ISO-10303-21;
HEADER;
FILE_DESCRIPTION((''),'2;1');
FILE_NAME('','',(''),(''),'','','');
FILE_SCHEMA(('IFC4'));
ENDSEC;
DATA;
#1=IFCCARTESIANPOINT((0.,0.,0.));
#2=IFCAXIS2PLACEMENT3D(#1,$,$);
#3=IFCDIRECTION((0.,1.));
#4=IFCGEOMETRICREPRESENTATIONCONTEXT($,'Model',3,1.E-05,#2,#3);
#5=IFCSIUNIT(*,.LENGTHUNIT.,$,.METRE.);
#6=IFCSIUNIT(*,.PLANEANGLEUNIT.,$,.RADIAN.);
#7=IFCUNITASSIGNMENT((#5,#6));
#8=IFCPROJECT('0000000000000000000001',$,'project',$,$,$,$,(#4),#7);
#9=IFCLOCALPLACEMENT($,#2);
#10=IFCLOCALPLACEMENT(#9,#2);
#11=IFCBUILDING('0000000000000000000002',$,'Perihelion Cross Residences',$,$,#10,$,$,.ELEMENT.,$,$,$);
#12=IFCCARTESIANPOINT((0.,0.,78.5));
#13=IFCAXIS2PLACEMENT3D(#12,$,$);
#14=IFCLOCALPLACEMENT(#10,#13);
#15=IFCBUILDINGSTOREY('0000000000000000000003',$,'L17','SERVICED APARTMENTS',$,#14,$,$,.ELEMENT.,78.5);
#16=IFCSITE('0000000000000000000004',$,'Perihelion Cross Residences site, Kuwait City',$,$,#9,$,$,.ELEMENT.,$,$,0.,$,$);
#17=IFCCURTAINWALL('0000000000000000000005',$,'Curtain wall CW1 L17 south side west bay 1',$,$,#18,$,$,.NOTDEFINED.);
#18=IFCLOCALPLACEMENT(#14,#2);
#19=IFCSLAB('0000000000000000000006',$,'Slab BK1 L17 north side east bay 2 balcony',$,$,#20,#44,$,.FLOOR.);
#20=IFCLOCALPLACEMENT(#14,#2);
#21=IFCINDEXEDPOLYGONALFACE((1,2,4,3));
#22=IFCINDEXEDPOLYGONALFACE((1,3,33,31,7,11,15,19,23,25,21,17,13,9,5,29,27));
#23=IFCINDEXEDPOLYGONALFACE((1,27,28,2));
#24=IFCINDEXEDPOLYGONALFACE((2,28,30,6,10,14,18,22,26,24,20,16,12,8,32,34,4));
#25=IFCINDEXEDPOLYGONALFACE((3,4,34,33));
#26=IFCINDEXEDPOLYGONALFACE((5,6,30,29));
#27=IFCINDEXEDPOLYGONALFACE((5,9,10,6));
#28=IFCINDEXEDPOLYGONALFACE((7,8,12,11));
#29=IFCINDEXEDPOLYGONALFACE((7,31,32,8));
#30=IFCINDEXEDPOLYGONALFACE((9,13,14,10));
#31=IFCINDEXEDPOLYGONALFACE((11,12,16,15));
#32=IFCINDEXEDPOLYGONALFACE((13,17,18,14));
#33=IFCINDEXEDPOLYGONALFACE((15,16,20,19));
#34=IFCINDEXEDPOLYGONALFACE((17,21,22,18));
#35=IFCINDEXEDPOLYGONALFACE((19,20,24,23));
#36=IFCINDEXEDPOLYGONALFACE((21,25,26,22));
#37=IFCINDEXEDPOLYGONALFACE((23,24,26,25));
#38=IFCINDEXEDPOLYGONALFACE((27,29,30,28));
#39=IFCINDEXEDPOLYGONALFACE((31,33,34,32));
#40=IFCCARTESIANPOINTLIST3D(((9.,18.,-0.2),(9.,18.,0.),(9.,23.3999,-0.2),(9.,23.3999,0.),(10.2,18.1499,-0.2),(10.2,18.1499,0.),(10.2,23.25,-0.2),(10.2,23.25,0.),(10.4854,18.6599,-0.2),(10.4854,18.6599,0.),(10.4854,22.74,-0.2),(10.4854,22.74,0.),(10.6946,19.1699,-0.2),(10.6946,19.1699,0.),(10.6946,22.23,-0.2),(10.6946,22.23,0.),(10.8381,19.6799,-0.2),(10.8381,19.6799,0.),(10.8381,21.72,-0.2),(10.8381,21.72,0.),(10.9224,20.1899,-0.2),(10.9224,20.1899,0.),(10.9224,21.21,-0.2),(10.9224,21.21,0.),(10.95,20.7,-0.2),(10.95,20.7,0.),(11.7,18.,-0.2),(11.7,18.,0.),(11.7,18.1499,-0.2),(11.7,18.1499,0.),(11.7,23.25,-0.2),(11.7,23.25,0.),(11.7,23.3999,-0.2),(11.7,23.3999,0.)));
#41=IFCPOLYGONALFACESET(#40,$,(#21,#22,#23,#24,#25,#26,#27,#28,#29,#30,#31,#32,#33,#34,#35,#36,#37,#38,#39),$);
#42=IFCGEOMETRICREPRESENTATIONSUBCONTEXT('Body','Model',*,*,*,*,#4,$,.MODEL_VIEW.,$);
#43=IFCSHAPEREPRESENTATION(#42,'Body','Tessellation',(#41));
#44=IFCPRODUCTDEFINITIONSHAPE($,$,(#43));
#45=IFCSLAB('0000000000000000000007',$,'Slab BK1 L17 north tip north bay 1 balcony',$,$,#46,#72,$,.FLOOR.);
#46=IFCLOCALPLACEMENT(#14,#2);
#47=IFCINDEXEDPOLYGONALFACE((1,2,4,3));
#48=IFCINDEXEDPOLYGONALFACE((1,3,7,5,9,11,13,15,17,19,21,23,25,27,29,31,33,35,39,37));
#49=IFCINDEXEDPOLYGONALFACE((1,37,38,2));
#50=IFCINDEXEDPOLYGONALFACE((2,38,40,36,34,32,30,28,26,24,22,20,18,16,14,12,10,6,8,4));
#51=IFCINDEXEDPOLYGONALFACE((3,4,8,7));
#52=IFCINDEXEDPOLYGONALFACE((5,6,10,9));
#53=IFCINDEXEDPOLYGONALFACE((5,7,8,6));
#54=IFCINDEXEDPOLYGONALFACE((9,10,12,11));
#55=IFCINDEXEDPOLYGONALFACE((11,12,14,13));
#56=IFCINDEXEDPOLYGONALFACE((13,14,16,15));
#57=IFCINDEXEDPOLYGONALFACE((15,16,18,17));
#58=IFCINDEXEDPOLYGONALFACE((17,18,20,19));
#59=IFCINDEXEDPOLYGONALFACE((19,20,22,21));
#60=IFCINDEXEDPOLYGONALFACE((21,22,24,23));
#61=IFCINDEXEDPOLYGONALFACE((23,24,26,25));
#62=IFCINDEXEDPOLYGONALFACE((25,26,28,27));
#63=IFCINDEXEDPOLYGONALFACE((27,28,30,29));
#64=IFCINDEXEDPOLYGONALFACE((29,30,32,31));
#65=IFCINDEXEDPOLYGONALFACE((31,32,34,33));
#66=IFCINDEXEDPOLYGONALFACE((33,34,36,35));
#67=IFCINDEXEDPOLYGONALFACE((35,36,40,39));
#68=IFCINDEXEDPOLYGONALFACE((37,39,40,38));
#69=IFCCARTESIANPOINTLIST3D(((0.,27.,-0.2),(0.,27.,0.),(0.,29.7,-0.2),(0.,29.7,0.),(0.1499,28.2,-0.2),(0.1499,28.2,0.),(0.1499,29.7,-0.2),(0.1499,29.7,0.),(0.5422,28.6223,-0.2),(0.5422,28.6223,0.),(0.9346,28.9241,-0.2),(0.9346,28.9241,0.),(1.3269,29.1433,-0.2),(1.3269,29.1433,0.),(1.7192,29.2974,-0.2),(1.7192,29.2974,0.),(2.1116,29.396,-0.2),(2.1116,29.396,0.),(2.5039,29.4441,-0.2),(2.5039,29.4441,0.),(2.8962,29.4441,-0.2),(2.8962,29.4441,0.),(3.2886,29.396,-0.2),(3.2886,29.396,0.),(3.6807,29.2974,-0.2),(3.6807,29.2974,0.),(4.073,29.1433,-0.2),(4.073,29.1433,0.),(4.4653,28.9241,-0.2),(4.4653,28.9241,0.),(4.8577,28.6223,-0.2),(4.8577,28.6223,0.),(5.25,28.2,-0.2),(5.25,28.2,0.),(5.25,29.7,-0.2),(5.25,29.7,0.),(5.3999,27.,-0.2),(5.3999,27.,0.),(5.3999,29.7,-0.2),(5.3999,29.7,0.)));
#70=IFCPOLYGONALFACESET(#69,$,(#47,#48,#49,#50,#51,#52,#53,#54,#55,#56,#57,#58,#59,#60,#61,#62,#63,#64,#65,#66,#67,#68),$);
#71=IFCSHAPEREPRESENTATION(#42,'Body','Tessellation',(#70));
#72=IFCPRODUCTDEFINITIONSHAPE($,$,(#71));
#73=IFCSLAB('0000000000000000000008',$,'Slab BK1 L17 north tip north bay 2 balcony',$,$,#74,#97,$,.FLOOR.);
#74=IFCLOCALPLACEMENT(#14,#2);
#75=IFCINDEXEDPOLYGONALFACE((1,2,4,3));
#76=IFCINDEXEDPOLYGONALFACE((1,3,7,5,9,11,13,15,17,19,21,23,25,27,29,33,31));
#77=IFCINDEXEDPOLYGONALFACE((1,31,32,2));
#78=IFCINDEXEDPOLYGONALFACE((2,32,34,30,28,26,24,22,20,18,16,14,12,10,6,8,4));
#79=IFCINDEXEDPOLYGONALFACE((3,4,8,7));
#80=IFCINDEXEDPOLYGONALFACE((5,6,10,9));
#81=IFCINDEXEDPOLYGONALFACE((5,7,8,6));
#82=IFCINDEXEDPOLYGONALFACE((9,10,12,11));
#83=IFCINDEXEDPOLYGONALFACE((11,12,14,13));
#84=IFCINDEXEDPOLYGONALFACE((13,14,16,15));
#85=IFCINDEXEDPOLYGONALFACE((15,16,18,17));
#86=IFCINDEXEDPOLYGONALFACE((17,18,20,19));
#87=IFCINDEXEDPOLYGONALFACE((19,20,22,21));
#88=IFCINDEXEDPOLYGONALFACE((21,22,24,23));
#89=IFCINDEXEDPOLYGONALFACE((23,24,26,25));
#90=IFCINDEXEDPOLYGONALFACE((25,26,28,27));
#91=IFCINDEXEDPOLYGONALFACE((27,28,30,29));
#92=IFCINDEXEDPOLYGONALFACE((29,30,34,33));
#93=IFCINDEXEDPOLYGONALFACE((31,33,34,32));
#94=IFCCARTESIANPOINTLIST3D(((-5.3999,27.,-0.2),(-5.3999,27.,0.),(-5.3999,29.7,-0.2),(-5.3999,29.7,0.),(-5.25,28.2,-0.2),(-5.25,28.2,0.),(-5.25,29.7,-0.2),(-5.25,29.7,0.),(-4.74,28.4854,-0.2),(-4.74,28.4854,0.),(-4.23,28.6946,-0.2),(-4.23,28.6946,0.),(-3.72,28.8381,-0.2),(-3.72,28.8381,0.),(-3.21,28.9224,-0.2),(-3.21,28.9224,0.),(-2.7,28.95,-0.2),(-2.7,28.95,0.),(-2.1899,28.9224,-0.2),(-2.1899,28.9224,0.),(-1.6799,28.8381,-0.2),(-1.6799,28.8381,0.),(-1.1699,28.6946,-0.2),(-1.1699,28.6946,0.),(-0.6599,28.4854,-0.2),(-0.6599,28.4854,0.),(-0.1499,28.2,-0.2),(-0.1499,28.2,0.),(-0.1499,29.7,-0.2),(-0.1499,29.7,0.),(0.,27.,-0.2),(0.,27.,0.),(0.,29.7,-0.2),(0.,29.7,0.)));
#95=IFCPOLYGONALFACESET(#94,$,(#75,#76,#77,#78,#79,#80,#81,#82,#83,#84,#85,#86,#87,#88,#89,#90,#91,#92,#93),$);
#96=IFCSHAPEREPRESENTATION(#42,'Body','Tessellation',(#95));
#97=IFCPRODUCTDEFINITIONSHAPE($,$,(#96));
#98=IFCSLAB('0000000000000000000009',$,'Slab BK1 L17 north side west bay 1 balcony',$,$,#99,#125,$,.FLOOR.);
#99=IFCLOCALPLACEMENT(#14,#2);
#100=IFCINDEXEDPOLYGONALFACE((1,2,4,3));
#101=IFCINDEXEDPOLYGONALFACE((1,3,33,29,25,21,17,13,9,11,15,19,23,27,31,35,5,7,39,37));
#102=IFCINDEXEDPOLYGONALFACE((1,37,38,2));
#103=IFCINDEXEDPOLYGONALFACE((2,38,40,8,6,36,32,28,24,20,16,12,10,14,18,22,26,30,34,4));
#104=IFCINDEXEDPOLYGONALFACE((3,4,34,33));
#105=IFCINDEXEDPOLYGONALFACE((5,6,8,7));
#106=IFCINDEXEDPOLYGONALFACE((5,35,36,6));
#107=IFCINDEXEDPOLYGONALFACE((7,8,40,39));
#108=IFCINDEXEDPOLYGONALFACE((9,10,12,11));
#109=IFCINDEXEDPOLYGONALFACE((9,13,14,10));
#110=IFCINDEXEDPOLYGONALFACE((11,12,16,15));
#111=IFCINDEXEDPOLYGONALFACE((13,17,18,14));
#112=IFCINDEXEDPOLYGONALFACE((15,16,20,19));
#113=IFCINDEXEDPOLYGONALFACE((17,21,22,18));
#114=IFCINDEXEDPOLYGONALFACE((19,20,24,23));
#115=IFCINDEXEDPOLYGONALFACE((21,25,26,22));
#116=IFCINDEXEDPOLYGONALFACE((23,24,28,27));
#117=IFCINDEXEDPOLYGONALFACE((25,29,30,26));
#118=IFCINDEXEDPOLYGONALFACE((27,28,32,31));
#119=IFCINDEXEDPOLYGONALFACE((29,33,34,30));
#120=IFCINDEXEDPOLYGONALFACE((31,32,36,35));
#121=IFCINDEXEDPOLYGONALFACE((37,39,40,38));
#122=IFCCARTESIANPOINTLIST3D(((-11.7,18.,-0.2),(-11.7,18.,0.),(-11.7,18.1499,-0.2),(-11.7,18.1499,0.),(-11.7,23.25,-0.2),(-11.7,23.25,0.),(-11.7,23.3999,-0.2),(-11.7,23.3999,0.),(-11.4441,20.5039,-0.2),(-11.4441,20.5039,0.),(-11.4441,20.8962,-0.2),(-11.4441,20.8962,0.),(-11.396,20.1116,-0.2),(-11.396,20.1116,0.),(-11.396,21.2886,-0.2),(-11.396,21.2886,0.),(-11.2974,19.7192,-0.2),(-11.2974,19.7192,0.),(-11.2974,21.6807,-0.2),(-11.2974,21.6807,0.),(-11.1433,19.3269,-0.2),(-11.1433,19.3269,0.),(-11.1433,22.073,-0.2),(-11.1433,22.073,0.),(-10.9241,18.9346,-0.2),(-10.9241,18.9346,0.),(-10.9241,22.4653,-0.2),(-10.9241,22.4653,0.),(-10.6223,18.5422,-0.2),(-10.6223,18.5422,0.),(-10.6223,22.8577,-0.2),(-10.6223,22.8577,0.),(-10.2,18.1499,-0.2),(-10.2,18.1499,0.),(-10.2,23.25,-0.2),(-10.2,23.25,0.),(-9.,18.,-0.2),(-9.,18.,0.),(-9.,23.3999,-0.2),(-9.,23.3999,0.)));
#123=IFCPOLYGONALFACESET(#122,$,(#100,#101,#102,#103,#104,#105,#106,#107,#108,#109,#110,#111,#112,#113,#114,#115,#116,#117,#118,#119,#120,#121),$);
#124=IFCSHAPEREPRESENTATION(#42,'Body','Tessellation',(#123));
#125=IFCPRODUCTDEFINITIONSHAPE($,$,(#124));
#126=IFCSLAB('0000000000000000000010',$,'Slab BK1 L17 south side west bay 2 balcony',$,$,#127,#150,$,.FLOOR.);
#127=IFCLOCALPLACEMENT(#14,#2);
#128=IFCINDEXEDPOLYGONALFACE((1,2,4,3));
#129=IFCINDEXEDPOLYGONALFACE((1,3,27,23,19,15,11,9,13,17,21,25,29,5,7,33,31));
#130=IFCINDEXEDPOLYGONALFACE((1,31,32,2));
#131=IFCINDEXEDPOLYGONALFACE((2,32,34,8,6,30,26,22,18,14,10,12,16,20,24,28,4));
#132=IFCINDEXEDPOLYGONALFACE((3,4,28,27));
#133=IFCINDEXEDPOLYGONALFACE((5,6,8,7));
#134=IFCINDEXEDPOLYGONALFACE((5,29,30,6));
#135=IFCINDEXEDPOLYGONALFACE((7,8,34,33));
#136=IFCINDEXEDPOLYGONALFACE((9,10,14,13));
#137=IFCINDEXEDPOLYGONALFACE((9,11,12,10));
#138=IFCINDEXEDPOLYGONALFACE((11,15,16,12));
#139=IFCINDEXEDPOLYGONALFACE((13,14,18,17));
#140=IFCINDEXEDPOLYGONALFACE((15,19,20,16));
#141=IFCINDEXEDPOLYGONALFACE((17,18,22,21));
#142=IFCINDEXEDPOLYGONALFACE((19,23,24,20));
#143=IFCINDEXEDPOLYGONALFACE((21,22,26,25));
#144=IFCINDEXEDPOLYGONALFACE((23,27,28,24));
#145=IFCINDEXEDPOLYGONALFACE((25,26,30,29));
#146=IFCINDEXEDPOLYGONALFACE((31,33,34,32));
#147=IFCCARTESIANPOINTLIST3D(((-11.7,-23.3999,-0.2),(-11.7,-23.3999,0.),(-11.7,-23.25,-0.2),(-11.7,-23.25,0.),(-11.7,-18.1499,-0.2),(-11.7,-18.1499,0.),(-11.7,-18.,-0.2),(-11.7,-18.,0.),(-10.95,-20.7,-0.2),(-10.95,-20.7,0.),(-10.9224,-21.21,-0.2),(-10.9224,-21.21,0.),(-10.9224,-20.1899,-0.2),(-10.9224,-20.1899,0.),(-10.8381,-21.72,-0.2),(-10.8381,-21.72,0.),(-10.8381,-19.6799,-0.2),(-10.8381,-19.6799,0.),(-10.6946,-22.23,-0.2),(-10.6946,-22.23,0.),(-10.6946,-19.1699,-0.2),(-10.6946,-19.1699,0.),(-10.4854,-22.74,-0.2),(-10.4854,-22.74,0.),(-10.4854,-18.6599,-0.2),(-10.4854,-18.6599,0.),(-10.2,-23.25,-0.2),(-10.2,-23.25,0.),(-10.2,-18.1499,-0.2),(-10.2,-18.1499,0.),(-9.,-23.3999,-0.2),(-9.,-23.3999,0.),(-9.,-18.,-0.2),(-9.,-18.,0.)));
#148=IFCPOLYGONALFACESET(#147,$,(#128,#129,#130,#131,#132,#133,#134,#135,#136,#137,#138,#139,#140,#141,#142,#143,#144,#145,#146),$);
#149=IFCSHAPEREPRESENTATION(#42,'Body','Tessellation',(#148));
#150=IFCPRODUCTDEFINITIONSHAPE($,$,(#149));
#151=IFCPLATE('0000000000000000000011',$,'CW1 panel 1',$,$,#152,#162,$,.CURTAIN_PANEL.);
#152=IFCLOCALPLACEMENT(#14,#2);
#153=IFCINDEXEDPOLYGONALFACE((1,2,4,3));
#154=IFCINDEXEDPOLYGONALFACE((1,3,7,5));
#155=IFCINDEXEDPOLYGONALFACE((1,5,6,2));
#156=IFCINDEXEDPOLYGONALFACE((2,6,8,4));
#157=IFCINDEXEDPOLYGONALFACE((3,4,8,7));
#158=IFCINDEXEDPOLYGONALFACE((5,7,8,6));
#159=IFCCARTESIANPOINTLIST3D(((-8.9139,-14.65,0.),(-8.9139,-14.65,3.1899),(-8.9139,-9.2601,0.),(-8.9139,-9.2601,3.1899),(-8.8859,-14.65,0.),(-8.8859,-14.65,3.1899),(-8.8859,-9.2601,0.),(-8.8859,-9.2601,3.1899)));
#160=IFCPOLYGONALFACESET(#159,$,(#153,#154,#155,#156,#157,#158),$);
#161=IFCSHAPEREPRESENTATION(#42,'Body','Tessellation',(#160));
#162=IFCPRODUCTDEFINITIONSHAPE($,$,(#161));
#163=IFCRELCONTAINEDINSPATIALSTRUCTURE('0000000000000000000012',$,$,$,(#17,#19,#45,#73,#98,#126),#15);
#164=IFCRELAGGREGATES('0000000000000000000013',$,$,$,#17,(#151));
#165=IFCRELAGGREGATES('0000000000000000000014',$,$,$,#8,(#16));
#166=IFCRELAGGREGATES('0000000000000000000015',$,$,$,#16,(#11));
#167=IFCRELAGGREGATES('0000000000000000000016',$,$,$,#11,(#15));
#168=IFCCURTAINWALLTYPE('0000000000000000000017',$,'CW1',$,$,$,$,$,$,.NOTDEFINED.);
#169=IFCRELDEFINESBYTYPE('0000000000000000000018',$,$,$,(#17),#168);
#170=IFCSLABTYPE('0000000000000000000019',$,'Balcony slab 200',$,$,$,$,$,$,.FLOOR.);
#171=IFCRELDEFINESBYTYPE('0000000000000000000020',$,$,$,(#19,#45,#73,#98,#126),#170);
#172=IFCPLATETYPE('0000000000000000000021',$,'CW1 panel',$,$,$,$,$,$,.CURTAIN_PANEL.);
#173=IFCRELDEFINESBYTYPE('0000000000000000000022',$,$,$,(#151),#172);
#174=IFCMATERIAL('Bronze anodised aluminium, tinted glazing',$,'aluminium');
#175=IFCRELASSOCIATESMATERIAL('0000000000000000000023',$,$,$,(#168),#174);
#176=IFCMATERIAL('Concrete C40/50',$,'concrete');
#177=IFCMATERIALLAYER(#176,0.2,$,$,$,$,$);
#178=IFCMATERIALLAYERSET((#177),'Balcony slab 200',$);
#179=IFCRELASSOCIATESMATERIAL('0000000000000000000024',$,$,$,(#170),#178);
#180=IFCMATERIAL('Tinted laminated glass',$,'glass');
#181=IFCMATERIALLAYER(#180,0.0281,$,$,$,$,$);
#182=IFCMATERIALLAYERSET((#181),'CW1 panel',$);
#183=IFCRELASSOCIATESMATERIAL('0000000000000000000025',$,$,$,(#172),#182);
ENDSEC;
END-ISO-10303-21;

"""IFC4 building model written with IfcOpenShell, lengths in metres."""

from ifc_helpers import new_model, si_unit, direction, frame, origin, origin_2d, place, context, subcontext, project, spatial, polyline, rectangle, outline, extrude, material, layer, layer_set, type_object, element, aggregate, save


model = new_model("IFC4")

# Units and contexts
model_context = context("Model", 3, precision=1e-05, world=origin(), true_north=direction((0.0, 1.0)))
body_context = subcontext(model_context, "Body", "Model", "MODEL_VIEW")
ifc_project = project(units=[si_unit("LENGTHUNIT", "METRE"), si_unit("PLANEANGLEUNIT", "RADIAN")], contexts=[model_context])

# Site, building, storey
site_placement = place(None, origin())
site = spatial("IfcSite", under=ifc_project, at=site_placement, Name="Perihelion Cross Residences site, Kuwait City", CompositionType="ELEMENT", RefElevation=0.0)
building_placement = place(site_placement, origin())
building = spatial("IfcBuilding", under=site, at=building_placement, Name="Perihelion Cross Residences", CompositionType="ELEMENT")
storey_placement = place(building_placement, frame((0.0, 0.0, 78.5)))
storey = spatial("IfcBuildingStorey", under=building, at=storey_placement, Name="L17", Description="SERVICED APARTMENTS", CompositionType="ELEMENT", Elevation=78.5)

# Curtain wall
ifc_material_1 = material(Name="Bronze anodised aluminium, tinted glazing", Category="aluminium")
curtain_wall_type = type_object("IfcCurtainWallType", Name="CW1", PredefinedType="NOTDEFINED", material=ifc_material_1)
curtain_wall_placement = place(storey_placement, origin())
curtain_wall = element("IfcCurtainWall", 1, at=curtain_wall_placement, inside=storey, type_object=curtain_wall_type, Name="Curtain wall CW1 L17 south side west bay 1", PredefinedType="NOTDEFINED")

# Slabs
ifc_material_2 = material(Name="Concrete C40/50", Category="concrete")
ifc_layer_1 = layer(ifc_material_2, 0.2)
ifc_layer_set_1 = layer_set([ifc_layer_1], Name="Balcony slab 200")
slab_type_1 = type_object("IfcSlabType", Name="Balcony slab 200", PredefinedType="FLOOR", material=ifc_layer_set_1)
slab_1_placement = place(storey_placement, frame((0.0, 0.0, -0.2)))
element("IfcSlab", 2, at=slab_1_placement, inside=storey, type_object=slab_type_1, Name="Slab BK1 L17 north side east bay 2 balcony", PredefinedType="FLOOR", context=body_context, shape_type="SweptSolid", body=[
    extrude(outline(polyline([(9.0, 18.0), (9.0, 23.3999), (11.7, 23.3999), (11.7, 23.25), (10.2, 23.25), (10.4854, 22.74), (10.6946, 22.23), (10.8381, 21.72), (10.9224, 21.21), (10.95, 20.7), (10.9224, 20.1899), (10.8381, 19.6799), (10.6946, 19.1699), (10.4854, 18.6599), (10.2, 18.1499), (11.7, 18.1499), (11.7, 18.0), (9.0, 18.0)])), origin(), (0.0, 0.0, 1.0), 0.2),
])
slab_2_placement = place(storey_placement, frame((0.0, 0.0, -0.2)))
element("IfcSlab", 3, at=slab_2_placement, inside=storey, type_object=slab_type_1, Name="Slab BK1 L17 north tip north bay 1 balcony", PredefinedType="FLOOR", context=body_context, shape_type="SweptSolid", body=[
    extrude(outline(polyline([(5.3999, 27.0), (0.0, 27.0), (0.0, 29.7), (0.1499, 29.7), (0.1499, 28.2), (0.5422, 28.6223), (0.9346, 28.9241), (1.3269, 29.1433), (1.7192, 29.2974), (2.1116, 29.396), (2.5039, 29.4441), (2.8962, 29.4441), (3.2886, 29.396), (3.6807, 29.2974), (4.073, 29.1433), (4.4653, 28.9241), (4.8577, 28.6223), (5.25, 28.2), (5.25, 29.7), (5.3999, 29.7), (5.3999, 27.0)])), origin(), (0.0, 0.0, 1.0), 0.2),
])
slab_3_placement = place(storey_placement, frame((0.0, 0.0, -0.2)))
element("IfcSlab", 4, at=slab_3_placement, inside=storey, type_object=slab_type_1, Name="Slab BK1 L17 north tip north bay 2 balcony", PredefinedType="FLOOR", context=body_context, shape_type="SweptSolid", body=[
    extrude(outline(polyline([(0.0, 27.0), (-5.3999, 27.0), (-5.3999, 29.7), (-5.25, 29.7), (-5.25, 28.2), (-4.74, 28.4854), (-4.23, 28.6946), (-3.72, 28.8381), (-3.21, 28.9224), (-2.7, 28.95), (-2.1899, 28.9224), (-1.6799, 28.8381), (-1.1699, 28.6946), (-0.6599, 28.4854), (-0.1499, 28.2), (-0.1499, 29.7), (0.0, 29.7), (0.0, 27.0)])), origin(), (0.0, 0.0, 1.0), 0.2),
])
slab_4_placement = place(storey_placement, frame((0.0, 0.0, -0.2)))
element("IfcSlab", 5, at=slab_4_placement, inside=storey, type_object=slab_type_1, Name="Slab BK1 L17 north side west bay 1 balcony", PredefinedType="FLOOR", context=body_context, shape_type="SweptSolid", body=[
    extrude(outline(polyline([(-9.0, 23.3999), (-9.0, 18.0), (-11.7, 18.0), (-11.7, 18.1499), (-10.2, 18.1499), (-10.6223, 18.5422), (-10.9241, 18.9346), (-11.1433, 19.3269), (-11.2974, 19.7192), (-11.396, 20.1116), (-11.4441, 20.5039), (-11.4441, 20.8962), (-11.396, 21.2886), (-11.2974, 21.6807), (-11.1433, 22.073), (-10.9241, 22.4653), (-10.6223, 22.8577), (-10.2, 23.25), (-11.7, 23.25), (-11.7, 23.3999), (-9.0, 23.3999)])), origin(), (0.0, 0.0, 1.0), 0.2),
])
slab_5_placement = place(storey_placement, frame((0.0, 0.0, -0.2)))
element("IfcSlab", 6, at=slab_5_placement, inside=storey, type_object=slab_type_1, Name="Slab BK1 L17 south side west bay 2 balcony", PredefinedType="FLOOR", context=body_context, shape_type="SweptSolid", body=[
    extrude(outline(polyline([(-9.0, -18.0), (-9.0, -23.3999), (-11.7, -23.3999), (-11.7, -23.25), (-10.2, -23.25), (-10.4854, -22.74), (-10.6946, -22.23), (-10.8381, -21.72), (-10.9224, -21.21), (-10.95, -20.7), (-10.9224, -20.1899), (-10.8381, -19.6799), (-10.6946, -19.1699), (-10.4854, -18.6599), (-10.2, -18.1499), (-11.7, -18.1499), (-11.7, -18.0), (-9.0, -18.0)])), origin(), (0.0, 0.0, 1.0), 0.2),
])

# Plate
ifc_material_3 = material(Name="Tinted laminated glass", Category="glass")
ifc_layer_2 = layer(ifc_material_3, 0.0281)
ifc_layer_set_2 = layer_set([ifc_layer_2], Name="CW1 panel")
plate_type = type_object("IfcPlateType", Name="CW1 panel", PredefinedType="CURTAIN_PANEL", material=ifc_layer_set_2)
plate_placement = place(storey_placement, frame((-8.8999, -11.9551, 0.0), z_axis=(0.0, 0.0, 1.0), x_axis=(0.0, -1.0, 0.0)))
plate = element("IfcPlate", 7, at=plate_placement, type_object=plate_type, Name="CW1 panel 1", PredefinedType="CURTAIN_PANEL", context=body_context, shape_type="SweptSolid", body=[
    extrude(rectangle(XDim=5.3899, YDim=0.0281, at=origin_2d()), origin(), (0.0, 0.0, 1.0), 3.1899),
])
aggregate(curtain_wall, [plate])

save(model, "model.ifc")
